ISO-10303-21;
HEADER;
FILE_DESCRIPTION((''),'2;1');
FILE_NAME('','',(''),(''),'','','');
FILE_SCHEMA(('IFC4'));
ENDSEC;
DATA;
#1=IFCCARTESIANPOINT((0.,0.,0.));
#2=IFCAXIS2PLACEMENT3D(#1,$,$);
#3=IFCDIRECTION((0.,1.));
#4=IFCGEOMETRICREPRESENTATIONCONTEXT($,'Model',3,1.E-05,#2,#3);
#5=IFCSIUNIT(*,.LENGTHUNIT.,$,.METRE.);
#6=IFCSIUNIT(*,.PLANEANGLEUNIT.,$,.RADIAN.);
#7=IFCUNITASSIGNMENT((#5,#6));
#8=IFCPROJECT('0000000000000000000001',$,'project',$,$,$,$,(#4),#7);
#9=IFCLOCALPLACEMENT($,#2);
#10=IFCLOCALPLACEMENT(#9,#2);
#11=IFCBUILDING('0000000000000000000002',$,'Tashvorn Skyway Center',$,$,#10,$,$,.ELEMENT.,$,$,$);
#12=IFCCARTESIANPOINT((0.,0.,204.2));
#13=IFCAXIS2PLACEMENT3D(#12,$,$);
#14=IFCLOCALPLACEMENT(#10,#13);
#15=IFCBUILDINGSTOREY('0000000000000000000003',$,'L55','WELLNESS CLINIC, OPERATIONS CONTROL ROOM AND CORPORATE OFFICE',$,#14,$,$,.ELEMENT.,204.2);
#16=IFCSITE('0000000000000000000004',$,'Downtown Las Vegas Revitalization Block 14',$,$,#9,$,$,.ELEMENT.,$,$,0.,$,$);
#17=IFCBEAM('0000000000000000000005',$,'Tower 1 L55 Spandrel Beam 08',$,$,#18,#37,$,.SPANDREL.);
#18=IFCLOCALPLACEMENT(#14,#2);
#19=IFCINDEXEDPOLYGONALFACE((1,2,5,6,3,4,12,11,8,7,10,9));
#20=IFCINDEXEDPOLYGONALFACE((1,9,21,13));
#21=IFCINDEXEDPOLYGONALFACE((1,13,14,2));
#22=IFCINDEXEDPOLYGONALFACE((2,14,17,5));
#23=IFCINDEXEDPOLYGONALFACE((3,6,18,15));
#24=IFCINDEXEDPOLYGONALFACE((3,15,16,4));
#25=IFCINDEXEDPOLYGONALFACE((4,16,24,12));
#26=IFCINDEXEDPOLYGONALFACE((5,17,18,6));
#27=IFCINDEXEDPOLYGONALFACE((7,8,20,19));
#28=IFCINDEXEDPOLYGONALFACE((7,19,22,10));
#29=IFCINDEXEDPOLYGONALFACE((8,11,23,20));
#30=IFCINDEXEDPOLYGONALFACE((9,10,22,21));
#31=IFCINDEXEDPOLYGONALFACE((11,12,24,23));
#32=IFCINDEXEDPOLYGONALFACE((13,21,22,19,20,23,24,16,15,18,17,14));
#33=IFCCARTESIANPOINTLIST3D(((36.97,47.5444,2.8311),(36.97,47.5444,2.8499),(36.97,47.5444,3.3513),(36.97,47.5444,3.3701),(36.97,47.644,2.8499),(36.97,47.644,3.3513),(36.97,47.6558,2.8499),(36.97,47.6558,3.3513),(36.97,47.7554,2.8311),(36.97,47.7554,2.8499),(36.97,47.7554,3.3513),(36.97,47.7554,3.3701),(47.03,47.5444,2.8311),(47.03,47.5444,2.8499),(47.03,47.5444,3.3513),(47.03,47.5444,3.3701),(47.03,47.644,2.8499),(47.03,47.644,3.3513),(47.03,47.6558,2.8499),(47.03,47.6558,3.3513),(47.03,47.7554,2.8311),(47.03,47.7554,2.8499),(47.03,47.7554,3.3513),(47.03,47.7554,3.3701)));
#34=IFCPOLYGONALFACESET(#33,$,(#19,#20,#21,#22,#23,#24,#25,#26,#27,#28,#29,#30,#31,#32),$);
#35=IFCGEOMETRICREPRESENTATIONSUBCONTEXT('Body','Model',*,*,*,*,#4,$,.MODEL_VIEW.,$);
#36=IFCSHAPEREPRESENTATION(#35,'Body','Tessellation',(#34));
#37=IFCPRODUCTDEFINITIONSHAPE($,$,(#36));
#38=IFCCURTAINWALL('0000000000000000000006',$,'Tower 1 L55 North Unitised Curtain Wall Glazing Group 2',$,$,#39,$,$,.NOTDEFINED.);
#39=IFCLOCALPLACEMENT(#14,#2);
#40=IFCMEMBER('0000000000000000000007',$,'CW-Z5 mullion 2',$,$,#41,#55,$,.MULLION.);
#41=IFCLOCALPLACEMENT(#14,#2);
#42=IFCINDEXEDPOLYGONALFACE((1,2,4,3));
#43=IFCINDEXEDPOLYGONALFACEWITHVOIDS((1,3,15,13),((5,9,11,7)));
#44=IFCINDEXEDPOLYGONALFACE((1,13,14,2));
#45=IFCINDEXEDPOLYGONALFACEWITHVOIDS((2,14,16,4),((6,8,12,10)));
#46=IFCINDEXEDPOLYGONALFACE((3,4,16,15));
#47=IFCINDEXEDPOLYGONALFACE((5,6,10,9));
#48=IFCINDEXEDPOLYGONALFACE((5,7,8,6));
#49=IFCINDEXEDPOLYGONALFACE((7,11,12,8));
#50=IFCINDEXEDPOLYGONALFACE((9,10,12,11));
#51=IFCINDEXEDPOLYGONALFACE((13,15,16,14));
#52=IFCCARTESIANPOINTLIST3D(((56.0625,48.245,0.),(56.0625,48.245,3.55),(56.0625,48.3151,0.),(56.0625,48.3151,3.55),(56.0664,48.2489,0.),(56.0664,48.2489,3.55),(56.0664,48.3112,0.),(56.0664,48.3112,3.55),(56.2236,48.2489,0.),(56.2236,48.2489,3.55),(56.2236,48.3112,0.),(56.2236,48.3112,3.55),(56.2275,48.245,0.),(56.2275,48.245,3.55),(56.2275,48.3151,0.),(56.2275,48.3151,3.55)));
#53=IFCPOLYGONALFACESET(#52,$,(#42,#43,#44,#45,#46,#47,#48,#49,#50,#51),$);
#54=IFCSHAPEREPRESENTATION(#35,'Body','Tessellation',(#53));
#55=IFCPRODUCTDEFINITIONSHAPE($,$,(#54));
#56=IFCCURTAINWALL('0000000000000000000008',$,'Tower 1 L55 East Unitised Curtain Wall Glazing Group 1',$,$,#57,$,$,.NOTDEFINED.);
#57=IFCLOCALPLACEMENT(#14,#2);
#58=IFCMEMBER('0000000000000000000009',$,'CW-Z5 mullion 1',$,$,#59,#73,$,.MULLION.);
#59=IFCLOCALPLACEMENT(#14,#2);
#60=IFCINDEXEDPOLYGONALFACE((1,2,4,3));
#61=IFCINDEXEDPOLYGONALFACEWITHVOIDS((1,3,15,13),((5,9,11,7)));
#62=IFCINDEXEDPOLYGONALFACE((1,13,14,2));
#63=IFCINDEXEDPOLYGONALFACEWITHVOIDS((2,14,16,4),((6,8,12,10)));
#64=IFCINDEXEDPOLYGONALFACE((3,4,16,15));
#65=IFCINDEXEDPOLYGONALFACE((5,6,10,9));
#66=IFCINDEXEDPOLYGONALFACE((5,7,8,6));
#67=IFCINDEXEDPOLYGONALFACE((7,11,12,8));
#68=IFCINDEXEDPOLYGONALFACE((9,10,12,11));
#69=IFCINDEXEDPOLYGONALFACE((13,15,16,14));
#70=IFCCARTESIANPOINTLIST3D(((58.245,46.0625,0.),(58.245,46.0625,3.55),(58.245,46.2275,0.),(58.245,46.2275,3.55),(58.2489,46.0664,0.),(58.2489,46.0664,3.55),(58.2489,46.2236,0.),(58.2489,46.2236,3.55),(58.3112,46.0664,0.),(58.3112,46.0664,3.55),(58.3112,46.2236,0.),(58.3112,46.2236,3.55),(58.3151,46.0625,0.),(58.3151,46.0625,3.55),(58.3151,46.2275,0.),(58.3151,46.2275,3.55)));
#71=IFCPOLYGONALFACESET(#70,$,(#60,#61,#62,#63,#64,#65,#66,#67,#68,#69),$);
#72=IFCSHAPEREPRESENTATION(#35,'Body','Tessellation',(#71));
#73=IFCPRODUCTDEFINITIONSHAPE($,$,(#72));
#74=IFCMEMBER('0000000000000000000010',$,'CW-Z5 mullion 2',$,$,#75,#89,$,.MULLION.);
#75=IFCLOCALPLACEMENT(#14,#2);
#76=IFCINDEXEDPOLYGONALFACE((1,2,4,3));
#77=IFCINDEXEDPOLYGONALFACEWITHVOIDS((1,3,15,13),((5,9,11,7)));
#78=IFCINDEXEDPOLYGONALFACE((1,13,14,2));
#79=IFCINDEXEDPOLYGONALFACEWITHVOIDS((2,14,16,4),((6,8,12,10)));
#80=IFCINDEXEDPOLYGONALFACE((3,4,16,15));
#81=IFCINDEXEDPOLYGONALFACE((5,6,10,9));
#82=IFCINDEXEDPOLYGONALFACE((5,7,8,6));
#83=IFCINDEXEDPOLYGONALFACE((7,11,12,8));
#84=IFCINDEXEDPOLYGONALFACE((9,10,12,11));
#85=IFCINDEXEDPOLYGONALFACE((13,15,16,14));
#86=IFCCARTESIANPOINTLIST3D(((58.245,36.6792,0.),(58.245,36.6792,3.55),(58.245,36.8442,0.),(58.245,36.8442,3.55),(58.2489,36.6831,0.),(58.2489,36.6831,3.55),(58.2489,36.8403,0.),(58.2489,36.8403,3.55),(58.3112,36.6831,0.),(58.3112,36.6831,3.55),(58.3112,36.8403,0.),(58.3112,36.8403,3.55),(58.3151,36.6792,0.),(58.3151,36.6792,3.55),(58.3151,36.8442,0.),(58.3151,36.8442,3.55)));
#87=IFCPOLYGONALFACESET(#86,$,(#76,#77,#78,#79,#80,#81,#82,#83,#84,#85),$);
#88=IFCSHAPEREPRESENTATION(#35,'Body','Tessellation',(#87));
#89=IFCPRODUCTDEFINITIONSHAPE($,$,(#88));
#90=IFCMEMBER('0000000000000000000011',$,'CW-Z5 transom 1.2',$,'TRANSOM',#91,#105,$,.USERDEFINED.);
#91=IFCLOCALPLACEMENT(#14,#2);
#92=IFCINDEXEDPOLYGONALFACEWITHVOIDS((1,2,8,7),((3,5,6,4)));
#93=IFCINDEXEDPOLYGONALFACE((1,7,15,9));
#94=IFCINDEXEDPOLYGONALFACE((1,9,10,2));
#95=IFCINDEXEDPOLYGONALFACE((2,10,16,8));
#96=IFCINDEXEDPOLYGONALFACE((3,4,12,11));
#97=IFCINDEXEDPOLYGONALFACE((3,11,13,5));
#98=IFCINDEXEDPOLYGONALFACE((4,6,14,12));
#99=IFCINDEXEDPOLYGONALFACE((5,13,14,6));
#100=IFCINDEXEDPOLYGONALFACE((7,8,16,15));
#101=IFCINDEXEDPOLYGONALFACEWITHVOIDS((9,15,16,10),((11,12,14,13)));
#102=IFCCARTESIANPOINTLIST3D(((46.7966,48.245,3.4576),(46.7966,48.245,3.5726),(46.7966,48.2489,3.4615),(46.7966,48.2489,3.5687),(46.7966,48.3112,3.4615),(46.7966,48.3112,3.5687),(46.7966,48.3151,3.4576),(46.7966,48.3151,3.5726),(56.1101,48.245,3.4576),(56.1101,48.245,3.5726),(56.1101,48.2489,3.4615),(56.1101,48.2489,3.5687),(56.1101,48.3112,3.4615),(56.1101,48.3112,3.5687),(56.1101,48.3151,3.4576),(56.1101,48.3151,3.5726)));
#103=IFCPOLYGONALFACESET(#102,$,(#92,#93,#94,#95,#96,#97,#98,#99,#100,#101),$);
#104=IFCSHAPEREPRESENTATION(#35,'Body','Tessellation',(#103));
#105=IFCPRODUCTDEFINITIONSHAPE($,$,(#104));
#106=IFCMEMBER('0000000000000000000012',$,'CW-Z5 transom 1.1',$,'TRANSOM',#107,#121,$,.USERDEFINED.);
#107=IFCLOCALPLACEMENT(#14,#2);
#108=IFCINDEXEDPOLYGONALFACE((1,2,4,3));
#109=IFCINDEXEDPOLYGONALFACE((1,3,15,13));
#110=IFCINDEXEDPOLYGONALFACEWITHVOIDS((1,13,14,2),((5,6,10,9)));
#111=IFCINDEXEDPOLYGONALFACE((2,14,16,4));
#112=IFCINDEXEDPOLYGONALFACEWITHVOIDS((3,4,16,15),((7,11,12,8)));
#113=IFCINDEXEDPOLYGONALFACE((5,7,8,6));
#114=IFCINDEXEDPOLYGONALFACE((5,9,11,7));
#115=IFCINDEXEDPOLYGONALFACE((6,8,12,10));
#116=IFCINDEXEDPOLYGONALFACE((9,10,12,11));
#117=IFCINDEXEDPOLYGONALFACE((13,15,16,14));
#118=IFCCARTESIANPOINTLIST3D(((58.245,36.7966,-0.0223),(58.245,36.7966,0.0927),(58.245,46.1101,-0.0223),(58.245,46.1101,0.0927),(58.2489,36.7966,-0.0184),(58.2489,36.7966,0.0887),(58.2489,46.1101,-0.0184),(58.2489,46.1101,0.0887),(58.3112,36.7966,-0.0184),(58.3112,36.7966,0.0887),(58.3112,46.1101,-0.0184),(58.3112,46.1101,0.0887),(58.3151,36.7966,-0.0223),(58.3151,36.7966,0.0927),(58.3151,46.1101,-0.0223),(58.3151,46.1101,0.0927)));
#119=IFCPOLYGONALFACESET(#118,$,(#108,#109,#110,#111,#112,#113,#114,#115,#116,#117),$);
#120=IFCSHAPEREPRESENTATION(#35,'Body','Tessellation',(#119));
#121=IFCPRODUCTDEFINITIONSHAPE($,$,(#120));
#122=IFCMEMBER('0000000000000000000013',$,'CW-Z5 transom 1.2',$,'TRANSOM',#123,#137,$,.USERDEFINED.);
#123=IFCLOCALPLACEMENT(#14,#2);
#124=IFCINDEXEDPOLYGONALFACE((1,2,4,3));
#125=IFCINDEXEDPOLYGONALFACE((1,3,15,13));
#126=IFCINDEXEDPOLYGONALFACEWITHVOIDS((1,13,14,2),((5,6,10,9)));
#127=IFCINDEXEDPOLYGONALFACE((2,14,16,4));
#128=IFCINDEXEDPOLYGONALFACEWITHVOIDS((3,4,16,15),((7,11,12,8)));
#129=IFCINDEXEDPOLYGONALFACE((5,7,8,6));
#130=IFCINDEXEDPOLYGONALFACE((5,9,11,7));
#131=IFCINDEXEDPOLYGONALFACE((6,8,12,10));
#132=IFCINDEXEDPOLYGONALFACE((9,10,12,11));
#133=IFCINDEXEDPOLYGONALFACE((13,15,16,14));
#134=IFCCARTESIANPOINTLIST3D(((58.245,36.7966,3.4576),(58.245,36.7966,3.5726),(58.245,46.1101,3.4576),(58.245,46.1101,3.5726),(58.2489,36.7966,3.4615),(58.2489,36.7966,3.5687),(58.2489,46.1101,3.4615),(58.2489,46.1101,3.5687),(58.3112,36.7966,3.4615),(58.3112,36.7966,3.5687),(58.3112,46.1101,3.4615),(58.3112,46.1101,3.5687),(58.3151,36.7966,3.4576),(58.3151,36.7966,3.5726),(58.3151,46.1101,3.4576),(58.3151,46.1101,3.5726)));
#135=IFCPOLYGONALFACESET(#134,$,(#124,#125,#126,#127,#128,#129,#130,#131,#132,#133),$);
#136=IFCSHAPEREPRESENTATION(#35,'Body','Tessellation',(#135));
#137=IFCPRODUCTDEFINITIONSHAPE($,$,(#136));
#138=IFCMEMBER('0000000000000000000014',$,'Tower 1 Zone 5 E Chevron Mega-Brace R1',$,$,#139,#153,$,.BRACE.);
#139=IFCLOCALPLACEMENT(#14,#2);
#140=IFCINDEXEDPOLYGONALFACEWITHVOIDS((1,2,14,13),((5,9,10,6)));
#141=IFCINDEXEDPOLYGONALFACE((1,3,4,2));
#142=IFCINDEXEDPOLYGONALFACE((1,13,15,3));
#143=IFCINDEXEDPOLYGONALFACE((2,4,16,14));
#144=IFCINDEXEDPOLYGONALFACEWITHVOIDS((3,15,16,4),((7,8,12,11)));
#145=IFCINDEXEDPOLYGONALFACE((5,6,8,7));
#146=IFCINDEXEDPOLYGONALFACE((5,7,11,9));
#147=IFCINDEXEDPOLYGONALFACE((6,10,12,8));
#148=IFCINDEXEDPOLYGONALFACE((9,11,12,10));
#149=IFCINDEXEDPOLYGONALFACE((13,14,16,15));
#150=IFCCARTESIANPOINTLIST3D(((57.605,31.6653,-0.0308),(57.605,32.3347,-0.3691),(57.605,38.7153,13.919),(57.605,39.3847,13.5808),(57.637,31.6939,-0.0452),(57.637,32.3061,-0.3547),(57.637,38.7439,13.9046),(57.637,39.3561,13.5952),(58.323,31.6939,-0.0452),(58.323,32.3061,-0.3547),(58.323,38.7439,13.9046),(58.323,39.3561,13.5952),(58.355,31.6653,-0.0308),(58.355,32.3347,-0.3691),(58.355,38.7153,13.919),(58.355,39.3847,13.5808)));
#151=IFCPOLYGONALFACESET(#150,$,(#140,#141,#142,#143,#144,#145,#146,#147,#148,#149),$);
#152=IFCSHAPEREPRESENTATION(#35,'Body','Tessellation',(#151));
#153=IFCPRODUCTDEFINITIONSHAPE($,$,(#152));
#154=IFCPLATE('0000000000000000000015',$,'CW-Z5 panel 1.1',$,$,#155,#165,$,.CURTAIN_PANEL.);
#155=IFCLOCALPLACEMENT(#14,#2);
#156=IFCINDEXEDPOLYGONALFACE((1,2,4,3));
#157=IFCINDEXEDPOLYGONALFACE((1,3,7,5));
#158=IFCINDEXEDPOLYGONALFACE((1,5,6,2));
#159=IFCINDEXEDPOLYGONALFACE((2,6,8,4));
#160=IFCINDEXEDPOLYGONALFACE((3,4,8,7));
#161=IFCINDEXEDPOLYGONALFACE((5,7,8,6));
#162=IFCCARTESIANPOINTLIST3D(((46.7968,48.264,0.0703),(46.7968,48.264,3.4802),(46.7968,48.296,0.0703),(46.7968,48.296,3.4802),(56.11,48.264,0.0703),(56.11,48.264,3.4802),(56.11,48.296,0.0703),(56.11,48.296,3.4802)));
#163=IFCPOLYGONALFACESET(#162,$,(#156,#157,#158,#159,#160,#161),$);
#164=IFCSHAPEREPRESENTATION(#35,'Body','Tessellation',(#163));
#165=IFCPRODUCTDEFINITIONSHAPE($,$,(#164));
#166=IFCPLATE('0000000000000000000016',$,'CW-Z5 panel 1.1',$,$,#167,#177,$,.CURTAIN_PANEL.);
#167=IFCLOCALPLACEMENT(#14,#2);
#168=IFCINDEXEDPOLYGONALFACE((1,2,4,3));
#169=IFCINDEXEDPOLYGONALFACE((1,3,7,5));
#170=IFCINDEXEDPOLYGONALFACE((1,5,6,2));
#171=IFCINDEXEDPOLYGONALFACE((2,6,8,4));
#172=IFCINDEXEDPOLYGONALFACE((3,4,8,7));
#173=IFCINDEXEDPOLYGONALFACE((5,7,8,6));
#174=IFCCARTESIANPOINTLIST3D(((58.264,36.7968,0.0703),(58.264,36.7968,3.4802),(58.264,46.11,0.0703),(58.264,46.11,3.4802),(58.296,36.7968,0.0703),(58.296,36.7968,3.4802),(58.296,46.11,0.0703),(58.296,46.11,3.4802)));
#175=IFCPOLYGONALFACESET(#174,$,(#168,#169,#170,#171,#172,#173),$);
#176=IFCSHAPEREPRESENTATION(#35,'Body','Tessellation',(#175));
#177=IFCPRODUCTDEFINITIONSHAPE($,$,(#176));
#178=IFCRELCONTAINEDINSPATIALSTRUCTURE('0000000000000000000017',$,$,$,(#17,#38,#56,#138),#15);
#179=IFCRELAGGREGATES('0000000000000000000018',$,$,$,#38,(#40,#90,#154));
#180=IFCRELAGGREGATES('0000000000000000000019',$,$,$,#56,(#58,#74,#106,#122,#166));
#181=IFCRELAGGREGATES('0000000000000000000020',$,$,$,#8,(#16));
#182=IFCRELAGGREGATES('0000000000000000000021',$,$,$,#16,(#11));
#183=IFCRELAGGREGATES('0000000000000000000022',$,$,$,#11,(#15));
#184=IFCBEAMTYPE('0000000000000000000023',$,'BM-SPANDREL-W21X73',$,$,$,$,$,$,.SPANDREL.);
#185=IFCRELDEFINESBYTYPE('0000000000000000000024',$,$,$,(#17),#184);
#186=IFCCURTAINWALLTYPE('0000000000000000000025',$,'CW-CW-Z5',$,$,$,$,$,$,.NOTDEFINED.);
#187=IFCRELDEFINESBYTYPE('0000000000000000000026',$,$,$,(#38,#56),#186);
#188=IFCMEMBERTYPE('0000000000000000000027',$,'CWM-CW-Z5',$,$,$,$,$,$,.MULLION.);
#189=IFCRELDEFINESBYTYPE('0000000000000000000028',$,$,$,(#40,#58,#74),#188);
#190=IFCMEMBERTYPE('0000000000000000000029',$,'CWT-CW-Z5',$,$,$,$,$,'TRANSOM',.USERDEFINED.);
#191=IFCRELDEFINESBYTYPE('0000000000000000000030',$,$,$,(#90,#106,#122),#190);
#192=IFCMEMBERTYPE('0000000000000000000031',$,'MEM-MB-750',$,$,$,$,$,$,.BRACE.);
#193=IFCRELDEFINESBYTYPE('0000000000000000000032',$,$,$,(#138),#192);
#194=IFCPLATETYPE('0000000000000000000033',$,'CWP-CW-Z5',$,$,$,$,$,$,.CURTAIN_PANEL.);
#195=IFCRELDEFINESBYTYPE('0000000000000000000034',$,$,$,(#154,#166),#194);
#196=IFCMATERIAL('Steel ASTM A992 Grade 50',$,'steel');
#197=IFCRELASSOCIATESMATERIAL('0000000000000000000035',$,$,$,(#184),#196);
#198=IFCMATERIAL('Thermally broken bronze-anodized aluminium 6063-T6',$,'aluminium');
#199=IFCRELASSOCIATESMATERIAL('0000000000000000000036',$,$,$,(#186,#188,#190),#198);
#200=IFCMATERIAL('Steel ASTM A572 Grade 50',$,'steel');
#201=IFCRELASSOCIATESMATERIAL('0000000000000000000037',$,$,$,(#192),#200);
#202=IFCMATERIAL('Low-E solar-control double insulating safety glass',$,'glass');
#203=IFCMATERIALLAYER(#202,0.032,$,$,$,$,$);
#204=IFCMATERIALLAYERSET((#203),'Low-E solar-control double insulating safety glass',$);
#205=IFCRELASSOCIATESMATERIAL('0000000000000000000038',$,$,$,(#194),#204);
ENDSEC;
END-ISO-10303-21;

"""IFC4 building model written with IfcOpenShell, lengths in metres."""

from ifc_helpers import new_model, si_unit, direction, frame, origin, origin_2d, place, context, subcontext, project, spatial, rectangle, hollow_rectangle, i_section, extrude, material, layer, layer_set, material_profile, profile_set, type_object, element, aggregate, save


model = new_model("IFC4")

# Units and contexts
model_context = context("Model", 3, precision=1e-05, world=origin(), true_north=direction((0.0, 1.0)))
body_context = subcontext(model_context, "Body", "Model", "MODEL_VIEW")
ifc_project = project(units=[si_unit("LENGTHUNIT", "METRE"), si_unit("PLANEANGLEUNIT", "RADIAN")], contexts=[model_context])

# Site, building, storey
site_placement = place(None, origin())
site = spatial("IfcSite", under=ifc_project, at=site_placement, Name="Downtown Las Vegas Revitalization Block 14", CompositionType="ELEMENT", RefElevation=0.0)
building_placement = place(site_placement, origin())
building = spatial("IfcBuilding", under=site, at=building_placement, Name="Tashvorn Skyway Center", CompositionType="ELEMENT")
storey_placement = place(building_placement, frame((0.0, 0.0, 204.2)))
storey = spatial("IfcBuildingStorey", under=building, at=storey_placement, Name="L55", Description="WELLNESS CLINIC, OPERATIONS CONTROL ROOM AND CORPORATE OFFICE", CompositionType="ELEMENT", Elevation=204.2)

# Shared definitions
ifc_material_1 = material(Name="Steel ASTM A572 Grade 50", Category="steel")

# Beam
ifc_material_2 = material(Name="Steel ASTM A992 Grade 50", Category="steel")
ifc_material_profile_1 = material_profile(ifc_material_2, i_section(OverallWidth=0.2109, OverallDepth=0.5391, WebThickness=0.0117, FlangeThickness=0.0188, at=origin_2d()), Name="W21X73")
ifc_profile_set_1 = profile_set([ifc_material_profile_1], Name="Steel ASTM A992 Grade 50")
beam_type_1 = type_object("IfcBeamType", Name="BM-SPANDREL-W21X73", PredefinedType="SPANDREL", material=ifc_profile_set_1)
beam_1_placement = place(storey_placement, frame((47.03, 47.6499, 3.1006), z_axis=(-1.0, 0.0, 0.0), x_axis=(0.0, -1.0, 0.0)))
element("IfcBeam", 1, at=beam_1_placement, inside=storey, type_object=beam_type_1, Name="Tower 1 L55 Spandrel Beam 08", PredefinedType="SPANDREL", context=body_context, shape_type="SweptSolid", body=[
    extrude(i_section(OverallWidth=0.2109, OverallDepth=0.5391, WebThickness=0.0117, FlangeThickness=0.0188, at=origin_2d()), origin(), (0.0, 0.0, 1.0), 10.0601),
])

# Curtain wall, member
ifc_material_3 = material(Name="Thermally broken bronze-anodized aluminium 6063-T6", Category="aluminium")
curtain_wall_type = type_object("IfcCurtainWallType", Name="CW-CW-Z5", PredefinedType="NOTDEFINED", material=ifc_material_3)
curtain_wall_1_placement = place(storey_placement, origin())
curtain_wall_1 = element("IfcCurtainWall", 2, at=curtain_wall_1_placement, inside=storey, type_object=curtain_wall_type, Name="Tower 1 L55 North Unitised Curtain Wall Glazing Group 2", PredefinedType="NOTDEFINED")
ifc_material_profile_2 = material_profile(ifc_material_3, hollow_rectangle(XDim=0.0701, YDim=0.165, WallThickness=0.0039, at=origin_2d()), Name="ALU-MULL-70x165")
ifc_profile_set_2 = profile_set([ifc_material_profile_2], Name="Thermally broken bronze-anodized aluminium 6063-T6")
member_type_1 = type_object("IfcMemberType", Name="CWM-CW-Z5", PredefinedType="MULLION", material=ifc_profile_set_2)
member_1_placement = place(storey_placement, frame((56.145, 48.28, 0.0), z_axis=(0.0, 0.0, 1.0), x_axis=(0.0, 1.0, 0.0)))
member_1 = element("IfcMember", 3, at=member_1_placement, type_object=member_type_1, Name="CW-Z5 mullion 2", PredefinedType="MULLION", context=body_context, shape_type="SweptSolid", body=[
    extrude(hollow_rectangle(XDim=0.0701, YDim=0.165, WallThickness=0.0039, at=origin_2d()), origin(), (0.0, 0.0, 1.0), 3.55),
])

# Curtain wall, members
curtain_wall_2_placement = place(storey_placement, origin())
curtain_wall_2 = element("IfcCurtainWall", 4, at=curtain_wall_2_placement, inside=storey, type_object=curtain_wall_type, Name="Tower 1 L55 East Unitised Curtain Wall Glazing Group 1", PredefinedType="NOTDEFINED")
member_2_placement = place(storey_placement, frame((58.28, 46.145, 0.0), z_axis=(0.0, 0.0, 1.0), x_axis=(1.0, 0.0, 0.0)))
member_2 = element("IfcMember", 5, at=member_2_placement, type_object=member_type_1, Name="CW-Z5 mullion 1", PredefinedType="MULLION", context=body_context, shape_type="SweptSolid", body=[
    extrude(hollow_rectangle(XDim=0.0701, YDim=0.165, WallThickness=0.0039, at=origin_2d()), origin(), (0.0, 0.0, 1.0), 3.55),
])
member_3_placement = place(storey_placement, frame((58.28, 36.7617, 0.0), z_axis=(0.0, 0.0, 1.0), x_axis=(1.0, 0.0, 0.0)))
member_3 = element("IfcMember", 6, at=member_3_placement, type_object=member_type_1, Name="CW-Z5 mullion 2", PredefinedType="MULLION", context=body_context, shape_type="SweptSolid", body=[
    extrude(hollow_rectangle(XDim=0.0701, YDim=0.165, WallThickness=0.0039, at=origin_2d()), origin(), (0.0, 0.0, 1.0), 3.55),
])

# Members
ifc_material_profile_3 = material_profile(ifc_material_3, hollow_rectangle(XDim=0.0701, YDim=0.115, WallThickness=0.0039, at=origin_2d()), Name="ALU-TRAN-70x115")
ifc_profile_set_3 = profile_set([ifc_material_profile_3], Name="Thermally broken bronze-anodized aluminium 6063-T6")
member_type_2 = type_object("IfcMemberType", Name="CWT-CW-Z5", ElementType="TRANSOM", PredefinedType="USERDEFINED", material=ifc_profile_set_3)
member_4_placement = place(storey_placement, frame((46.7966, 48.28, 3.5151), z_axis=(1.0, 0.0, 0.0), x_axis=(0.0, 1.0, 0.0)))
member_4 = element("IfcMember", 7, at=member_4_placement, type_object=member_type_2, Name="CW-Z5 transom 1.2", ObjectType="TRANSOM", PredefinedType="USERDEFINED", context=body_context, shape_type="SweptSolid", body=[
    extrude(hollow_rectangle(XDim=0.0701, YDim=0.115, WallThickness=0.0039, at=origin_2d()), origin(), (0.0, 0.0, 1.0), 9.3135),
])
member_5_placement = place(storey_placement, frame((58.28, 46.1101, 0.0352), z_axis=(0.0, -1.0, 0.0), x_axis=(1.0, 0.0, 0.0)))
member_5 = element("IfcMember", 8, at=member_5_placement, type_object=member_type_2, Name="CW-Z5 transom 1.1", ObjectType="TRANSOM", PredefinedType="USERDEFINED", context=body_context, shape_type="SweptSolid", body=[
    extrude(hollow_rectangle(XDim=0.0701, YDim=0.115, WallThickness=0.0039, at=origin_2d()), origin(), (0.0, 0.0, 1.0), 9.3135),
])
member_6_placement = place(storey_placement, frame((58.28, 46.1101, 3.5151), z_axis=(0.0, -1.0, 0.0), x_axis=(1.0, 0.0, 0.0)))
member_6 = element("IfcMember", 9, at=member_6_placement, type_object=member_type_2, Name="CW-Z5 transom 1.2", ObjectType="TRANSOM", PredefinedType="USERDEFINED", context=body_context, shape_type="SweptSolid", body=[
    extrude(hollow_rectangle(XDim=0.0701, YDim=0.115, WallThickness=0.0039, at=origin_2d()), origin(), (0.0, 0.0, 1.0), 9.3135),
])
ifc_material_profile_4 = material_profile(ifc_material_1, hollow_rectangle(XDim=0.75, YDim=0.75, WallThickness=0.032, at=origin_2d()), Name="BOX750x750x32")
ifc_profile_set_4 = profile_set([ifc_material_profile_4], Name="Steel ASTM A572 Grade 50")
member_type_3 = type_object("IfcMemberType", Name="MEM-MB-750", PredefinedType="BRACE", material=ifc_profile_set_4)
member_7_placement = place(storey_placement, frame((57.98, 32.0, -0.2), z_axis=(0.0, 0.451052, 0.892498), x_axis=(-1.0, 0.0, 0.0)))
element("IfcMember", 10, at=member_7_placement, inside=storey, type_object=member_type_3, Name="Tower 1 Zone 5 E Chevron Mega-Brace R1", PredefinedType="BRACE", context=body_context, shape_type="SweptSolid", body=[
    extrude(hollow_rectangle(XDim=0.75, YDim=0.75, WallThickness=0.032, at=origin_2d()), origin(), (0.0, 0.0, 1.0), 15.6301),
])

# Plates
ifc_material_4 = material(Name="Low-E solar-control double insulating safety glass", Category="glass")
ifc_layer_1 = layer(ifc_material_4, 0.032)
ifc_layer_set_1 = layer_set([ifc_layer_1], Name="Low-E solar-control double insulating safety glass")
plate_type = type_object("IfcPlateType", Name="CWP-CW-Z5", PredefinedType="CURTAIN_PANEL", material=ifc_layer_set_1)
plate_1_placement = place(storey_placement, frame((51.4534, 48.28, 0.0703), z_axis=(0.0, 0.0, 1.0), x_axis=(1.0, 0.0, 0.0)))
plate_1 = element("IfcPlate", 11, at=plate_1_placement, type_object=plate_type, Name="CW-Z5 panel 1.1", PredefinedType="CURTAIN_PANEL", context=body_context, shape_type="SweptSolid", body=[
    extrude(rectangle(XDim=9.3132, YDim=0.032, at=origin_2d()), origin(), (0.0, 0.0, 1.0), 3.4099),
])
aggregate(curtain_wall_1, [member_1, member_4, plate_1])
plate_2_placement = place(storey_placement, frame((58.28, 41.4534, 0.0703), z_axis=(0.0, 0.0, 1.0), x_axis=(0.0, -1.0, 0.0)))
plate_2 = element("IfcPlate", 12, at=plate_2_placement, type_object=plate_type, Name="CW-Z5 panel 1.1", PredefinedType="CURTAIN_PANEL", context=body_context, shape_type="SweptSolid", body=[
    extrude(rectangle(XDim=9.3132, YDim=0.032, at=origin_2d()), origin(), (0.0, 0.0, 1.0), 3.4099),
])
aggregate(curtain_wall_2, [member_2, member_3, member_5, member_6, plate_2])

save(model, "model.ifc")
